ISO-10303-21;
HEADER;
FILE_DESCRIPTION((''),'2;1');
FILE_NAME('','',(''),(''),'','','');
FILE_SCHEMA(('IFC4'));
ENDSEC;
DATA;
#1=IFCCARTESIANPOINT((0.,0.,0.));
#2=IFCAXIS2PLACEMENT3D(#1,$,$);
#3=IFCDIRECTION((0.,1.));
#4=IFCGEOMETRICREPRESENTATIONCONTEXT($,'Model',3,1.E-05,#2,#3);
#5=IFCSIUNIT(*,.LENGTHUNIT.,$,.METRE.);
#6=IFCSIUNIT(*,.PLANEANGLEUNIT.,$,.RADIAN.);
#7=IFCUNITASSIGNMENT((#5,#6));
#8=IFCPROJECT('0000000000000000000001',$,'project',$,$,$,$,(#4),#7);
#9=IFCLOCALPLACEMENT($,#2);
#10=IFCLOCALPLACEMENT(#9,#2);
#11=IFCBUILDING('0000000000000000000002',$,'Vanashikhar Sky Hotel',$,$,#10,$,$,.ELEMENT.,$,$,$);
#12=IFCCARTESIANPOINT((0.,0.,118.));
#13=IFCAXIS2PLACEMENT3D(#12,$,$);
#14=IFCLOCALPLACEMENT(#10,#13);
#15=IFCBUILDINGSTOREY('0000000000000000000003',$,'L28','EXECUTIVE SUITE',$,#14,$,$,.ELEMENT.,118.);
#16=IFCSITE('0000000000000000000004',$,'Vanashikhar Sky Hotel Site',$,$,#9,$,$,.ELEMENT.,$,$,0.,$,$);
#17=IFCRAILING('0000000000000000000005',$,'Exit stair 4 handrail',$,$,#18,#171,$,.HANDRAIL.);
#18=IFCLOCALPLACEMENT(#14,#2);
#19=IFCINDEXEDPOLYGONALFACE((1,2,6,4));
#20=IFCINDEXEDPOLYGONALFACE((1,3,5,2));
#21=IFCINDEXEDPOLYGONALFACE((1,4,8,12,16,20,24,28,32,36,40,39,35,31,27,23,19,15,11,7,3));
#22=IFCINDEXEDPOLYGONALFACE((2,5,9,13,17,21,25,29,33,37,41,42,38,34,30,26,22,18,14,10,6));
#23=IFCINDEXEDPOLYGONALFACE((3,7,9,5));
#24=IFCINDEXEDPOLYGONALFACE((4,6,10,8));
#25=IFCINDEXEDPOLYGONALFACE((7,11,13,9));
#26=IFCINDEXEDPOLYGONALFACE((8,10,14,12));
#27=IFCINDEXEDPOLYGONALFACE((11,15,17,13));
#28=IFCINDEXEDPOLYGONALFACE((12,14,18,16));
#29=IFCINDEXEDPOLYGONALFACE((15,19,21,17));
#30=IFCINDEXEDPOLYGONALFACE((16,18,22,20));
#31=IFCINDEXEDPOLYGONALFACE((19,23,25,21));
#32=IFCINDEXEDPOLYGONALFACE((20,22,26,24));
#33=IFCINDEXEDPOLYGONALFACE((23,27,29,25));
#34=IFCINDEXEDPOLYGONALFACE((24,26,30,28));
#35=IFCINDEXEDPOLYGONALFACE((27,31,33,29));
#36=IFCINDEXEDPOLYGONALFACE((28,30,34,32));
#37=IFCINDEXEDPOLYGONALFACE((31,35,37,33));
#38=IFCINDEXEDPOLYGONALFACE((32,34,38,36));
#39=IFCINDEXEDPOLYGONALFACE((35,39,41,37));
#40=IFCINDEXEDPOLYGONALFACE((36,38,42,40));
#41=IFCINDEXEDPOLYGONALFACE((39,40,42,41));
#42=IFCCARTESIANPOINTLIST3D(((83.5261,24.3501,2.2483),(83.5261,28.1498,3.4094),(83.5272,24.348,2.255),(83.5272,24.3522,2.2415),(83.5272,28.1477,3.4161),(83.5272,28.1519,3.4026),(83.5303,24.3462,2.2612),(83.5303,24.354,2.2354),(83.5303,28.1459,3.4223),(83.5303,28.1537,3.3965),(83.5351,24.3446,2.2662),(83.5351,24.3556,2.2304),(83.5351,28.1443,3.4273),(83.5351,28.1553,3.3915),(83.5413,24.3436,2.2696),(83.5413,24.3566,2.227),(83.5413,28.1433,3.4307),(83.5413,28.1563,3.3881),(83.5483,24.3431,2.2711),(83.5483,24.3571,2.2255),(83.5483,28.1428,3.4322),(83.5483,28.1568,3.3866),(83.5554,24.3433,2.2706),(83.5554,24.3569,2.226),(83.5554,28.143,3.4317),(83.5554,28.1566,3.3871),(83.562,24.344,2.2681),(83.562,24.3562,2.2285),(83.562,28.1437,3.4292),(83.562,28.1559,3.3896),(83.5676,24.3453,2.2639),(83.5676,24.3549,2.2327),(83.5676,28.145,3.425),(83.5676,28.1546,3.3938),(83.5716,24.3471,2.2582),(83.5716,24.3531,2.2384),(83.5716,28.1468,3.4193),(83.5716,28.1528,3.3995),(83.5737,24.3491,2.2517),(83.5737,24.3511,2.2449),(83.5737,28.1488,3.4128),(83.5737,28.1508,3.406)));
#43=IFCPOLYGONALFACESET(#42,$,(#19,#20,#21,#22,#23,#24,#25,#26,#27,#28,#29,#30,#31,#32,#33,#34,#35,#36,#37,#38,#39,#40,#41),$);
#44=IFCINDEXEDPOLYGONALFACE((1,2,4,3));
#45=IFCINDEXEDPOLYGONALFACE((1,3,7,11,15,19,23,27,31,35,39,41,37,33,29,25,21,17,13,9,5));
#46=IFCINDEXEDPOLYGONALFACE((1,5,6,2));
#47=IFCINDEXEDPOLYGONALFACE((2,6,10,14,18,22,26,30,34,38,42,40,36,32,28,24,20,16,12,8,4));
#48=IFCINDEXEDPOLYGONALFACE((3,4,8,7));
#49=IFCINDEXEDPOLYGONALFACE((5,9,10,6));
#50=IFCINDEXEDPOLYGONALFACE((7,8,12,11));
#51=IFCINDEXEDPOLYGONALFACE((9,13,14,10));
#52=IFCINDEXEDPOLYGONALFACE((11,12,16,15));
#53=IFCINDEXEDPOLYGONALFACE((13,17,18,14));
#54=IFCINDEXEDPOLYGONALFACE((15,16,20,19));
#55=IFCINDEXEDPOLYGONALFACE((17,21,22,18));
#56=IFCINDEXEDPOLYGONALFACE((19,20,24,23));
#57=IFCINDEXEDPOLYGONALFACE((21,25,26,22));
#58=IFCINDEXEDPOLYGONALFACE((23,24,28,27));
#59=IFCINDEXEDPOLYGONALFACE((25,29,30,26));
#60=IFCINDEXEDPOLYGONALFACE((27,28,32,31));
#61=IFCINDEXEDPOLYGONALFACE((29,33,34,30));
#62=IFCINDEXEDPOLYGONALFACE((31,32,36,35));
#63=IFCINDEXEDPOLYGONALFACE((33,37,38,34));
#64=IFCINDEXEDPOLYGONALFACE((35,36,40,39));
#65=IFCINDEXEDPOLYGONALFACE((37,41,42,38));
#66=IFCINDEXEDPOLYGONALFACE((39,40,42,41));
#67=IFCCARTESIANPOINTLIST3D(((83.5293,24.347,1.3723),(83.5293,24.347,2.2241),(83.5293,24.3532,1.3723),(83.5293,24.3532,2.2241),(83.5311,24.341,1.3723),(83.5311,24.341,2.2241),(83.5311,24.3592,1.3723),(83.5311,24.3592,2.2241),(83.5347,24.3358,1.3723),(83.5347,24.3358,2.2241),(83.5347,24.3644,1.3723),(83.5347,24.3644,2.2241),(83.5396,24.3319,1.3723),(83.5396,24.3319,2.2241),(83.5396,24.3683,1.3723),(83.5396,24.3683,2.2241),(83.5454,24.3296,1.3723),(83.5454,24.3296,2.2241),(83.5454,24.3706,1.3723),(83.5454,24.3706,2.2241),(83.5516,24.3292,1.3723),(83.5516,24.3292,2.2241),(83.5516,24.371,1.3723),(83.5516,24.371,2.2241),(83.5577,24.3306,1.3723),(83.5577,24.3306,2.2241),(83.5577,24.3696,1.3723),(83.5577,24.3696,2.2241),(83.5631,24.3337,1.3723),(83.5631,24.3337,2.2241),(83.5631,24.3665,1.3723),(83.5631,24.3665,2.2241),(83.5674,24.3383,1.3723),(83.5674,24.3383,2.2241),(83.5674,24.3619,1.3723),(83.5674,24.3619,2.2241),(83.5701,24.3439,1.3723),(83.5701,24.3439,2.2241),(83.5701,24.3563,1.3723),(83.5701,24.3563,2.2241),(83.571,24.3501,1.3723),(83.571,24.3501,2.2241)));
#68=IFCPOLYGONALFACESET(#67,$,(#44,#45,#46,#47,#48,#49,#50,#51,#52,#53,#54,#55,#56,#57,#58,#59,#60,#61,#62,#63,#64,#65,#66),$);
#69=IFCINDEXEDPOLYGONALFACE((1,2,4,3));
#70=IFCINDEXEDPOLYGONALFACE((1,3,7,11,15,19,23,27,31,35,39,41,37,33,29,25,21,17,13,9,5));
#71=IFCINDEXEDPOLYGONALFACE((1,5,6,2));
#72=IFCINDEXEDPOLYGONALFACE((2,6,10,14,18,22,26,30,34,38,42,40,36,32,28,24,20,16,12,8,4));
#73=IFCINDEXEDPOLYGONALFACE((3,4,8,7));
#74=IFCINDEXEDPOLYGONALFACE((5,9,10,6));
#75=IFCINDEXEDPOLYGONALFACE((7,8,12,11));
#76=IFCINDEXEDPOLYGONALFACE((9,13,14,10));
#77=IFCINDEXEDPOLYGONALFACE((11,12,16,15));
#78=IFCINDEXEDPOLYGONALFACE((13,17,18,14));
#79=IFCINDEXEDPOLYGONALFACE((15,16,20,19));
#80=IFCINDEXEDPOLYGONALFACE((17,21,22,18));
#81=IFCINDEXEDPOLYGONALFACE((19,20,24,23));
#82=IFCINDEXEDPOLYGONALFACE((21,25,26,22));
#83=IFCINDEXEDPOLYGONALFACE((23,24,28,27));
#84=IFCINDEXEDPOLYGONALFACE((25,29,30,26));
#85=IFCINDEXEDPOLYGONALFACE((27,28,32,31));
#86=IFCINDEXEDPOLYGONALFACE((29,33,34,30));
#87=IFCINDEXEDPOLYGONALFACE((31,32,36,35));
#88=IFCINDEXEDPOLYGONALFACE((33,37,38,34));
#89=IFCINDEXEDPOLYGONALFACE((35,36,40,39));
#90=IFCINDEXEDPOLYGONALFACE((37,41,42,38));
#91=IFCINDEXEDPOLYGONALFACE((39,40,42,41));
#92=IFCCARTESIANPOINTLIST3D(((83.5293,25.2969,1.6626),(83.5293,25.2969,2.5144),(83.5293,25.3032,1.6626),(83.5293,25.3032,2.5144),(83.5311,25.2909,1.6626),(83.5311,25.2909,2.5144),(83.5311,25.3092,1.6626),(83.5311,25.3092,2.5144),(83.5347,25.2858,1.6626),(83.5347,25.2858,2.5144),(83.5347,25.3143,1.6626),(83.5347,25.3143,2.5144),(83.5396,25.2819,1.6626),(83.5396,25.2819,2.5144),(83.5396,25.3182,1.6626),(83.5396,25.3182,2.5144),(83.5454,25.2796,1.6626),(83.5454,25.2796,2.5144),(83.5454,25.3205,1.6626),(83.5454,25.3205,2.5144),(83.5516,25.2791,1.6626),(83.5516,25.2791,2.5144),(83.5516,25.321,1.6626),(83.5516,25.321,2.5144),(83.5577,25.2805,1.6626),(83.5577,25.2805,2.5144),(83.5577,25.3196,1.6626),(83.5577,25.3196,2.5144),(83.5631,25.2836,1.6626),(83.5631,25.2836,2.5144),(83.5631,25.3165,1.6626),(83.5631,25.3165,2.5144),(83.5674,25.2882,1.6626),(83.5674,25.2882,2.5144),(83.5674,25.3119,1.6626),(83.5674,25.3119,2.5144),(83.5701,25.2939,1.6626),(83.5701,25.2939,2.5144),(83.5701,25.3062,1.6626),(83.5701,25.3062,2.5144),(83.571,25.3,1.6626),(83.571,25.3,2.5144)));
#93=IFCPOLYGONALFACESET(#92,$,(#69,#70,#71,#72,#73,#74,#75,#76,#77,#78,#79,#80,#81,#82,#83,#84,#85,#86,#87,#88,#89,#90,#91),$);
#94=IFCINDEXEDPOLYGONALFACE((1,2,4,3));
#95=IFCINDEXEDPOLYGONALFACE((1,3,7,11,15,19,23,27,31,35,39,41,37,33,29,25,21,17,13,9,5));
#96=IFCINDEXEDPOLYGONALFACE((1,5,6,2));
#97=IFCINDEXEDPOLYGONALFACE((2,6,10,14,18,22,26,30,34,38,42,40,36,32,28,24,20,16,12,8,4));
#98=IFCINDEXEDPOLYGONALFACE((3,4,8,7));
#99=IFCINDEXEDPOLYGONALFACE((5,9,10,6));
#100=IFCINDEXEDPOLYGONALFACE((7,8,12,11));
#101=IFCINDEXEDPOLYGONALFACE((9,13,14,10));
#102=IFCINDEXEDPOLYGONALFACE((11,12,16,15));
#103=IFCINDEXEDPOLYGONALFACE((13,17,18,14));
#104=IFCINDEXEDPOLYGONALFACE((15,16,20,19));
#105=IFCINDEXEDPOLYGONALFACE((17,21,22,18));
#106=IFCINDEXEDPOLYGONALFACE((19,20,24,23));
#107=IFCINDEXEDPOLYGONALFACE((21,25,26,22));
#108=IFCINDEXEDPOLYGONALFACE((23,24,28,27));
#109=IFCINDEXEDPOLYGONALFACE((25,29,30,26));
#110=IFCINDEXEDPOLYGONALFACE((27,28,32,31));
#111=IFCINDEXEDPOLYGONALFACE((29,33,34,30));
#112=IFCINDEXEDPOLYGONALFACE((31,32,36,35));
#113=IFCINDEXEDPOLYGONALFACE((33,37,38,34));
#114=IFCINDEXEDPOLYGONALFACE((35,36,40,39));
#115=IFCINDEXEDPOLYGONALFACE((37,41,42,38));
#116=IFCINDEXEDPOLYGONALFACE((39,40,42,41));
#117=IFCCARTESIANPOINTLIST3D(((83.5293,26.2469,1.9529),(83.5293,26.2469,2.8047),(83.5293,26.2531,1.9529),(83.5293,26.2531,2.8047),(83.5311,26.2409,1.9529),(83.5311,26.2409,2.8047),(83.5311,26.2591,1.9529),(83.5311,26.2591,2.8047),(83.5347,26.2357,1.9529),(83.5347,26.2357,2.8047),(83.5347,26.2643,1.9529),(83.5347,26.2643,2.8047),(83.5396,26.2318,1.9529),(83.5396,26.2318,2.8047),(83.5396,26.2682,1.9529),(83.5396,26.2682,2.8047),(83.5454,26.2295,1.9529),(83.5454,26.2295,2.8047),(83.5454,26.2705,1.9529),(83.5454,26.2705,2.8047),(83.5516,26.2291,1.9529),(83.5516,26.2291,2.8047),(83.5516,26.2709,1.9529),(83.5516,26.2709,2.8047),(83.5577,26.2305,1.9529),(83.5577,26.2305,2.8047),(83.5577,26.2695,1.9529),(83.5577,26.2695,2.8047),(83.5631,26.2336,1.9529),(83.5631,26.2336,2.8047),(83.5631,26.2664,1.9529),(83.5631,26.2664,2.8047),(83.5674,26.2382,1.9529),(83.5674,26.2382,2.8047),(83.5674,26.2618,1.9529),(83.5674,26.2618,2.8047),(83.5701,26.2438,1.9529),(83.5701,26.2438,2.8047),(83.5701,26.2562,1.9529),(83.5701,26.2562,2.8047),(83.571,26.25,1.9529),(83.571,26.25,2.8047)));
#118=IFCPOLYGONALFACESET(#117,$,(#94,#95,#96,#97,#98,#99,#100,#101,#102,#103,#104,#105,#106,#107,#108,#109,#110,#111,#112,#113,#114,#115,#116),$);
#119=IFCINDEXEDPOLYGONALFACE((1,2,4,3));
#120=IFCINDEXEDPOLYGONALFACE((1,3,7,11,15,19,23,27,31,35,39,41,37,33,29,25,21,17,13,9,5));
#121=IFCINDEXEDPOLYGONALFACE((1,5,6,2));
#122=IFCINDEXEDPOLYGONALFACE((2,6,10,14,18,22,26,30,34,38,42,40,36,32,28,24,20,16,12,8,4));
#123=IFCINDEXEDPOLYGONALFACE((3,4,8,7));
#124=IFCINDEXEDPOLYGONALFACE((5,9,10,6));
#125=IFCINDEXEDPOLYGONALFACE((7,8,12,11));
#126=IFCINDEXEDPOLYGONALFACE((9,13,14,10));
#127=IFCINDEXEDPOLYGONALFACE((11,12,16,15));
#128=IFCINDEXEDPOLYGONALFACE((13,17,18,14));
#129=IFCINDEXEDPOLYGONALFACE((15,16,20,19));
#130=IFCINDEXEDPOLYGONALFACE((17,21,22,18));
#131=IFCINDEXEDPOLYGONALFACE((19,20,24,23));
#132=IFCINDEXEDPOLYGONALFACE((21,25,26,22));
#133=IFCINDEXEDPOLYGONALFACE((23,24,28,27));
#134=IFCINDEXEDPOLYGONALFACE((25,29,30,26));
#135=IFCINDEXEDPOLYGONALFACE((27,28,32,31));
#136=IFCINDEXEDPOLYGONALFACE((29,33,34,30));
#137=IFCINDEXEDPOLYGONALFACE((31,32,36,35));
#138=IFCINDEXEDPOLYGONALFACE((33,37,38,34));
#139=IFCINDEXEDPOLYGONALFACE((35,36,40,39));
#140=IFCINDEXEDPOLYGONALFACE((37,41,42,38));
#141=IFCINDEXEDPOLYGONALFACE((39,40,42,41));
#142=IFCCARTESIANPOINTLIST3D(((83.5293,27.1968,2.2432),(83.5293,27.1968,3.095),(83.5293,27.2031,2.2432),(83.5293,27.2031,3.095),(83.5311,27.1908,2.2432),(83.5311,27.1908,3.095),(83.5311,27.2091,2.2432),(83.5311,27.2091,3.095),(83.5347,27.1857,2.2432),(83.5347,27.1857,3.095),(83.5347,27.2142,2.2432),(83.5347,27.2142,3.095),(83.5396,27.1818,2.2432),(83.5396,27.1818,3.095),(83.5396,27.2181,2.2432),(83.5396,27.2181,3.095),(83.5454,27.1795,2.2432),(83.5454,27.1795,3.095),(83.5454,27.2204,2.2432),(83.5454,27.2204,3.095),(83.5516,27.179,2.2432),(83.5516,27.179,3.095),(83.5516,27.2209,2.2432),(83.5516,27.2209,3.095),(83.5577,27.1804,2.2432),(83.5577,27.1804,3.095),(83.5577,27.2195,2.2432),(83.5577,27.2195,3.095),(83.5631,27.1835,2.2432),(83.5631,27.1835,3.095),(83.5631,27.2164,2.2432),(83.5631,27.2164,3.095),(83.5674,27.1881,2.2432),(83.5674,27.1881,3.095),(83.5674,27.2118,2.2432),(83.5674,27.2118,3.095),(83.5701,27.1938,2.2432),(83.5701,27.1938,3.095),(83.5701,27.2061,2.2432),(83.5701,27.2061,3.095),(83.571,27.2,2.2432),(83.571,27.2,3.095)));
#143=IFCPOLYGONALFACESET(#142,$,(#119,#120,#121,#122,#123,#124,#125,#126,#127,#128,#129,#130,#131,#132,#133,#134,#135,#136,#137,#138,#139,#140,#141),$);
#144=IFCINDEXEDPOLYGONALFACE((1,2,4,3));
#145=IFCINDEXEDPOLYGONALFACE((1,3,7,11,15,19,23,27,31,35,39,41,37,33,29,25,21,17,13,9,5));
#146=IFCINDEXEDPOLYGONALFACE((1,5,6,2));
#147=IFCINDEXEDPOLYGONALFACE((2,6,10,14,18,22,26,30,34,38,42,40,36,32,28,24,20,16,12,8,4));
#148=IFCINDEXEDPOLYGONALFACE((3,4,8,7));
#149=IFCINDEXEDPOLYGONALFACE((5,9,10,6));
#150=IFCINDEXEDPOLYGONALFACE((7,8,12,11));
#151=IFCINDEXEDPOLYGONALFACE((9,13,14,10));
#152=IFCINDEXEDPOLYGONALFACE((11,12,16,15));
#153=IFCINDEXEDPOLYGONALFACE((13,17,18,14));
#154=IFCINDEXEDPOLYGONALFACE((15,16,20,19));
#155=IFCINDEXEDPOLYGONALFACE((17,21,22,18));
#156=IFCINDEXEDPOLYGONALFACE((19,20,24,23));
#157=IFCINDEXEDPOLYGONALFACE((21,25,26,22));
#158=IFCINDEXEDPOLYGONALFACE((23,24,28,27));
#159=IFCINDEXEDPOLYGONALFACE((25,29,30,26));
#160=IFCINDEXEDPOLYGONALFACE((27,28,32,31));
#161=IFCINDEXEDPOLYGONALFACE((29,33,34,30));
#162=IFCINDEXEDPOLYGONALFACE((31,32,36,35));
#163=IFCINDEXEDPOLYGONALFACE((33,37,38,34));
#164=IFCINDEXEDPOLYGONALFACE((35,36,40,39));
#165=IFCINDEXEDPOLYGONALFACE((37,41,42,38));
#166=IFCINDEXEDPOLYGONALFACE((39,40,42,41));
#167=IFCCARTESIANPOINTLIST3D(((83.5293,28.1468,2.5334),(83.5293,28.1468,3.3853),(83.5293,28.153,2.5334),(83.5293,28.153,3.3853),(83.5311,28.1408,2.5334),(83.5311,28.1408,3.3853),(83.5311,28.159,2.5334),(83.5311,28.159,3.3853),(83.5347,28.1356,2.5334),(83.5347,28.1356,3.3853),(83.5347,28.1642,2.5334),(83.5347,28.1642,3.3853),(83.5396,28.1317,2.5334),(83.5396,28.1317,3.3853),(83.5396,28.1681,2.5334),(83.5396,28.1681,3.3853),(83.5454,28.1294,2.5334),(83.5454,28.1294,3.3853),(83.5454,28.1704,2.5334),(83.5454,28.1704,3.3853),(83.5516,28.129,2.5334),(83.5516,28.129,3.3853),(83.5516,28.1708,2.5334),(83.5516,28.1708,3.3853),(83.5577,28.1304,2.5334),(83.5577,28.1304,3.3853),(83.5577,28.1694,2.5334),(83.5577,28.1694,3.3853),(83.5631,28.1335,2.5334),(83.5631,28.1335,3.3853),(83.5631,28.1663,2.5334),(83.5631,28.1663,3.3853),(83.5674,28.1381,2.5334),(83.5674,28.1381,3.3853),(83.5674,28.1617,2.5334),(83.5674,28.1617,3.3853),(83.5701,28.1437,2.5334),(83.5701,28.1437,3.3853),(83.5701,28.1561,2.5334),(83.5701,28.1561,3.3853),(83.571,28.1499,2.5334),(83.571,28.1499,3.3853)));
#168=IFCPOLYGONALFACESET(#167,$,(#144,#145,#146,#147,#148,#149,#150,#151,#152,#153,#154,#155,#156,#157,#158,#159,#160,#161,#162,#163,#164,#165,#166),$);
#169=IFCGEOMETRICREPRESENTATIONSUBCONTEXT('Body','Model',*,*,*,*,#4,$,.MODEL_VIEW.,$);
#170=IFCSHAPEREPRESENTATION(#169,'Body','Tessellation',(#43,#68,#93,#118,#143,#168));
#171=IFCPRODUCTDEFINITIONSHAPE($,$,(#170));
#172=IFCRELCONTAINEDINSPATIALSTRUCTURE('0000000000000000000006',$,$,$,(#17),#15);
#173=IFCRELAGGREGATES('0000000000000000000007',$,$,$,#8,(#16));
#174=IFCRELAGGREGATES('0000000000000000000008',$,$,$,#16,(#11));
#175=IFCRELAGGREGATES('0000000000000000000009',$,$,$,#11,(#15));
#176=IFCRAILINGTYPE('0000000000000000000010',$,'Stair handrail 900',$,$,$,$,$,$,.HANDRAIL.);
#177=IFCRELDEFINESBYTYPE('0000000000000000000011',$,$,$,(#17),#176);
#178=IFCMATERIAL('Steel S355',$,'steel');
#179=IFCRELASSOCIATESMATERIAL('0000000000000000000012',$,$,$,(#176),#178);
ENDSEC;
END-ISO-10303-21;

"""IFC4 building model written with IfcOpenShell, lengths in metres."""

from ifc_helpers import new_model, si_unit, direction, frame, origin, origin_2d, place, context, subcontext, project, spatial, circle, extrude, source, transform, mapped, material, type_object, element, save


model = new_model("IFC4")

# Units and contexts
model_context = context("Model", 3, precision=1e-05, world=origin(), true_north=direction((0.0, 1.0)))
body_context = subcontext(model_context, "Body", "Model", "MODEL_VIEW")
ifc_project = project(units=[si_unit("LENGTHUNIT", "METRE"), si_unit("PLANEANGLEUNIT", "RADIAN")], contexts=[model_context])

# Site, building, storey
site_placement = place(None, origin())
site = spatial("IfcSite", under=ifc_project, at=site_placement, Name="Vanashikhar Sky Hotel Site", CompositionType="ELEMENT", RefElevation=0.0)
building_placement = place(site_placement, origin())
building = spatial("IfcBuilding", under=site, at=building_placement, Name="Vanashikhar Sky Hotel", CompositionType="ELEMENT")
storey_placement = place(building_placement, frame((0.0, 0.0, 118.0)))
storey = spatial("IfcBuildingStorey", under=building, at=storey_placement, Name="L28", Description="EXECUTIVE SUITE", CompositionType="ELEMENT", Elevation=118.0)

# Railing
ifc_material_1 = material(Name="Steel S355", Category="steel")
railing_type_1 = type_object("IfcRailingType", Name="Stair handrail 900", PredefinedType="HANDRAIL", material=ifc_material_1)
shared_shape_1 = source(origin(), body_context, "Body", "SweptSolid", [
    extrude(circle(Radius=0.0239, at=origin_2d()), frame((0.0, 0.0, 0.876), z_axis=(0.0, 0.956346, 0.292237), x_axis=(-1.0, 0.0, 0.0)), (0.0, 0.0, 1.0), 3.9731),
    extrude(circle(Radius=0.021, at=origin_2d()), origin(), (0.0, 0.0, 1.0), 0.8518),
    extrude(circle(Radius=0.021, at=origin_2d()), frame((0.0, 0.95, 0.2903)), (0.0, 0.0, 1.0), 0.8518),
    extrude(circle(Radius=0.021, at=origin_2d()), frame((0.0, 1.8999, 0.5806)), (0.0, 0.0, 1.0), 0.8518),
    extrude(circle(Radius=0.021, at=origin_2d()), frame((0.0, 2.8499, 0.8708)), (0.0, 0.0, 1.0), 0.8518),
    extrude(circle(Radius=0.021, at=origin_2d()), frame((0.0, 3.7998, 1.1611)), (0.0, 0.0, 1.0), 0.8518),
])
railing_1_placement = place(storey_placement, frame((83.55, 24.3501, 1.3723)))
element("IfcRailing", 1, at=railing_1_placement, inside=storey, type_object=railing_type_1, Name="Exit stair 4 handrail", PredefinedType="HANDRAIL", context=body_context, shape_type="MappedRepresentation", body=[
    mapped(shared_shape_1, transform((0.0, 0.0, 0.0), scale=1.0)),
])

save(model, "model.ifc")
